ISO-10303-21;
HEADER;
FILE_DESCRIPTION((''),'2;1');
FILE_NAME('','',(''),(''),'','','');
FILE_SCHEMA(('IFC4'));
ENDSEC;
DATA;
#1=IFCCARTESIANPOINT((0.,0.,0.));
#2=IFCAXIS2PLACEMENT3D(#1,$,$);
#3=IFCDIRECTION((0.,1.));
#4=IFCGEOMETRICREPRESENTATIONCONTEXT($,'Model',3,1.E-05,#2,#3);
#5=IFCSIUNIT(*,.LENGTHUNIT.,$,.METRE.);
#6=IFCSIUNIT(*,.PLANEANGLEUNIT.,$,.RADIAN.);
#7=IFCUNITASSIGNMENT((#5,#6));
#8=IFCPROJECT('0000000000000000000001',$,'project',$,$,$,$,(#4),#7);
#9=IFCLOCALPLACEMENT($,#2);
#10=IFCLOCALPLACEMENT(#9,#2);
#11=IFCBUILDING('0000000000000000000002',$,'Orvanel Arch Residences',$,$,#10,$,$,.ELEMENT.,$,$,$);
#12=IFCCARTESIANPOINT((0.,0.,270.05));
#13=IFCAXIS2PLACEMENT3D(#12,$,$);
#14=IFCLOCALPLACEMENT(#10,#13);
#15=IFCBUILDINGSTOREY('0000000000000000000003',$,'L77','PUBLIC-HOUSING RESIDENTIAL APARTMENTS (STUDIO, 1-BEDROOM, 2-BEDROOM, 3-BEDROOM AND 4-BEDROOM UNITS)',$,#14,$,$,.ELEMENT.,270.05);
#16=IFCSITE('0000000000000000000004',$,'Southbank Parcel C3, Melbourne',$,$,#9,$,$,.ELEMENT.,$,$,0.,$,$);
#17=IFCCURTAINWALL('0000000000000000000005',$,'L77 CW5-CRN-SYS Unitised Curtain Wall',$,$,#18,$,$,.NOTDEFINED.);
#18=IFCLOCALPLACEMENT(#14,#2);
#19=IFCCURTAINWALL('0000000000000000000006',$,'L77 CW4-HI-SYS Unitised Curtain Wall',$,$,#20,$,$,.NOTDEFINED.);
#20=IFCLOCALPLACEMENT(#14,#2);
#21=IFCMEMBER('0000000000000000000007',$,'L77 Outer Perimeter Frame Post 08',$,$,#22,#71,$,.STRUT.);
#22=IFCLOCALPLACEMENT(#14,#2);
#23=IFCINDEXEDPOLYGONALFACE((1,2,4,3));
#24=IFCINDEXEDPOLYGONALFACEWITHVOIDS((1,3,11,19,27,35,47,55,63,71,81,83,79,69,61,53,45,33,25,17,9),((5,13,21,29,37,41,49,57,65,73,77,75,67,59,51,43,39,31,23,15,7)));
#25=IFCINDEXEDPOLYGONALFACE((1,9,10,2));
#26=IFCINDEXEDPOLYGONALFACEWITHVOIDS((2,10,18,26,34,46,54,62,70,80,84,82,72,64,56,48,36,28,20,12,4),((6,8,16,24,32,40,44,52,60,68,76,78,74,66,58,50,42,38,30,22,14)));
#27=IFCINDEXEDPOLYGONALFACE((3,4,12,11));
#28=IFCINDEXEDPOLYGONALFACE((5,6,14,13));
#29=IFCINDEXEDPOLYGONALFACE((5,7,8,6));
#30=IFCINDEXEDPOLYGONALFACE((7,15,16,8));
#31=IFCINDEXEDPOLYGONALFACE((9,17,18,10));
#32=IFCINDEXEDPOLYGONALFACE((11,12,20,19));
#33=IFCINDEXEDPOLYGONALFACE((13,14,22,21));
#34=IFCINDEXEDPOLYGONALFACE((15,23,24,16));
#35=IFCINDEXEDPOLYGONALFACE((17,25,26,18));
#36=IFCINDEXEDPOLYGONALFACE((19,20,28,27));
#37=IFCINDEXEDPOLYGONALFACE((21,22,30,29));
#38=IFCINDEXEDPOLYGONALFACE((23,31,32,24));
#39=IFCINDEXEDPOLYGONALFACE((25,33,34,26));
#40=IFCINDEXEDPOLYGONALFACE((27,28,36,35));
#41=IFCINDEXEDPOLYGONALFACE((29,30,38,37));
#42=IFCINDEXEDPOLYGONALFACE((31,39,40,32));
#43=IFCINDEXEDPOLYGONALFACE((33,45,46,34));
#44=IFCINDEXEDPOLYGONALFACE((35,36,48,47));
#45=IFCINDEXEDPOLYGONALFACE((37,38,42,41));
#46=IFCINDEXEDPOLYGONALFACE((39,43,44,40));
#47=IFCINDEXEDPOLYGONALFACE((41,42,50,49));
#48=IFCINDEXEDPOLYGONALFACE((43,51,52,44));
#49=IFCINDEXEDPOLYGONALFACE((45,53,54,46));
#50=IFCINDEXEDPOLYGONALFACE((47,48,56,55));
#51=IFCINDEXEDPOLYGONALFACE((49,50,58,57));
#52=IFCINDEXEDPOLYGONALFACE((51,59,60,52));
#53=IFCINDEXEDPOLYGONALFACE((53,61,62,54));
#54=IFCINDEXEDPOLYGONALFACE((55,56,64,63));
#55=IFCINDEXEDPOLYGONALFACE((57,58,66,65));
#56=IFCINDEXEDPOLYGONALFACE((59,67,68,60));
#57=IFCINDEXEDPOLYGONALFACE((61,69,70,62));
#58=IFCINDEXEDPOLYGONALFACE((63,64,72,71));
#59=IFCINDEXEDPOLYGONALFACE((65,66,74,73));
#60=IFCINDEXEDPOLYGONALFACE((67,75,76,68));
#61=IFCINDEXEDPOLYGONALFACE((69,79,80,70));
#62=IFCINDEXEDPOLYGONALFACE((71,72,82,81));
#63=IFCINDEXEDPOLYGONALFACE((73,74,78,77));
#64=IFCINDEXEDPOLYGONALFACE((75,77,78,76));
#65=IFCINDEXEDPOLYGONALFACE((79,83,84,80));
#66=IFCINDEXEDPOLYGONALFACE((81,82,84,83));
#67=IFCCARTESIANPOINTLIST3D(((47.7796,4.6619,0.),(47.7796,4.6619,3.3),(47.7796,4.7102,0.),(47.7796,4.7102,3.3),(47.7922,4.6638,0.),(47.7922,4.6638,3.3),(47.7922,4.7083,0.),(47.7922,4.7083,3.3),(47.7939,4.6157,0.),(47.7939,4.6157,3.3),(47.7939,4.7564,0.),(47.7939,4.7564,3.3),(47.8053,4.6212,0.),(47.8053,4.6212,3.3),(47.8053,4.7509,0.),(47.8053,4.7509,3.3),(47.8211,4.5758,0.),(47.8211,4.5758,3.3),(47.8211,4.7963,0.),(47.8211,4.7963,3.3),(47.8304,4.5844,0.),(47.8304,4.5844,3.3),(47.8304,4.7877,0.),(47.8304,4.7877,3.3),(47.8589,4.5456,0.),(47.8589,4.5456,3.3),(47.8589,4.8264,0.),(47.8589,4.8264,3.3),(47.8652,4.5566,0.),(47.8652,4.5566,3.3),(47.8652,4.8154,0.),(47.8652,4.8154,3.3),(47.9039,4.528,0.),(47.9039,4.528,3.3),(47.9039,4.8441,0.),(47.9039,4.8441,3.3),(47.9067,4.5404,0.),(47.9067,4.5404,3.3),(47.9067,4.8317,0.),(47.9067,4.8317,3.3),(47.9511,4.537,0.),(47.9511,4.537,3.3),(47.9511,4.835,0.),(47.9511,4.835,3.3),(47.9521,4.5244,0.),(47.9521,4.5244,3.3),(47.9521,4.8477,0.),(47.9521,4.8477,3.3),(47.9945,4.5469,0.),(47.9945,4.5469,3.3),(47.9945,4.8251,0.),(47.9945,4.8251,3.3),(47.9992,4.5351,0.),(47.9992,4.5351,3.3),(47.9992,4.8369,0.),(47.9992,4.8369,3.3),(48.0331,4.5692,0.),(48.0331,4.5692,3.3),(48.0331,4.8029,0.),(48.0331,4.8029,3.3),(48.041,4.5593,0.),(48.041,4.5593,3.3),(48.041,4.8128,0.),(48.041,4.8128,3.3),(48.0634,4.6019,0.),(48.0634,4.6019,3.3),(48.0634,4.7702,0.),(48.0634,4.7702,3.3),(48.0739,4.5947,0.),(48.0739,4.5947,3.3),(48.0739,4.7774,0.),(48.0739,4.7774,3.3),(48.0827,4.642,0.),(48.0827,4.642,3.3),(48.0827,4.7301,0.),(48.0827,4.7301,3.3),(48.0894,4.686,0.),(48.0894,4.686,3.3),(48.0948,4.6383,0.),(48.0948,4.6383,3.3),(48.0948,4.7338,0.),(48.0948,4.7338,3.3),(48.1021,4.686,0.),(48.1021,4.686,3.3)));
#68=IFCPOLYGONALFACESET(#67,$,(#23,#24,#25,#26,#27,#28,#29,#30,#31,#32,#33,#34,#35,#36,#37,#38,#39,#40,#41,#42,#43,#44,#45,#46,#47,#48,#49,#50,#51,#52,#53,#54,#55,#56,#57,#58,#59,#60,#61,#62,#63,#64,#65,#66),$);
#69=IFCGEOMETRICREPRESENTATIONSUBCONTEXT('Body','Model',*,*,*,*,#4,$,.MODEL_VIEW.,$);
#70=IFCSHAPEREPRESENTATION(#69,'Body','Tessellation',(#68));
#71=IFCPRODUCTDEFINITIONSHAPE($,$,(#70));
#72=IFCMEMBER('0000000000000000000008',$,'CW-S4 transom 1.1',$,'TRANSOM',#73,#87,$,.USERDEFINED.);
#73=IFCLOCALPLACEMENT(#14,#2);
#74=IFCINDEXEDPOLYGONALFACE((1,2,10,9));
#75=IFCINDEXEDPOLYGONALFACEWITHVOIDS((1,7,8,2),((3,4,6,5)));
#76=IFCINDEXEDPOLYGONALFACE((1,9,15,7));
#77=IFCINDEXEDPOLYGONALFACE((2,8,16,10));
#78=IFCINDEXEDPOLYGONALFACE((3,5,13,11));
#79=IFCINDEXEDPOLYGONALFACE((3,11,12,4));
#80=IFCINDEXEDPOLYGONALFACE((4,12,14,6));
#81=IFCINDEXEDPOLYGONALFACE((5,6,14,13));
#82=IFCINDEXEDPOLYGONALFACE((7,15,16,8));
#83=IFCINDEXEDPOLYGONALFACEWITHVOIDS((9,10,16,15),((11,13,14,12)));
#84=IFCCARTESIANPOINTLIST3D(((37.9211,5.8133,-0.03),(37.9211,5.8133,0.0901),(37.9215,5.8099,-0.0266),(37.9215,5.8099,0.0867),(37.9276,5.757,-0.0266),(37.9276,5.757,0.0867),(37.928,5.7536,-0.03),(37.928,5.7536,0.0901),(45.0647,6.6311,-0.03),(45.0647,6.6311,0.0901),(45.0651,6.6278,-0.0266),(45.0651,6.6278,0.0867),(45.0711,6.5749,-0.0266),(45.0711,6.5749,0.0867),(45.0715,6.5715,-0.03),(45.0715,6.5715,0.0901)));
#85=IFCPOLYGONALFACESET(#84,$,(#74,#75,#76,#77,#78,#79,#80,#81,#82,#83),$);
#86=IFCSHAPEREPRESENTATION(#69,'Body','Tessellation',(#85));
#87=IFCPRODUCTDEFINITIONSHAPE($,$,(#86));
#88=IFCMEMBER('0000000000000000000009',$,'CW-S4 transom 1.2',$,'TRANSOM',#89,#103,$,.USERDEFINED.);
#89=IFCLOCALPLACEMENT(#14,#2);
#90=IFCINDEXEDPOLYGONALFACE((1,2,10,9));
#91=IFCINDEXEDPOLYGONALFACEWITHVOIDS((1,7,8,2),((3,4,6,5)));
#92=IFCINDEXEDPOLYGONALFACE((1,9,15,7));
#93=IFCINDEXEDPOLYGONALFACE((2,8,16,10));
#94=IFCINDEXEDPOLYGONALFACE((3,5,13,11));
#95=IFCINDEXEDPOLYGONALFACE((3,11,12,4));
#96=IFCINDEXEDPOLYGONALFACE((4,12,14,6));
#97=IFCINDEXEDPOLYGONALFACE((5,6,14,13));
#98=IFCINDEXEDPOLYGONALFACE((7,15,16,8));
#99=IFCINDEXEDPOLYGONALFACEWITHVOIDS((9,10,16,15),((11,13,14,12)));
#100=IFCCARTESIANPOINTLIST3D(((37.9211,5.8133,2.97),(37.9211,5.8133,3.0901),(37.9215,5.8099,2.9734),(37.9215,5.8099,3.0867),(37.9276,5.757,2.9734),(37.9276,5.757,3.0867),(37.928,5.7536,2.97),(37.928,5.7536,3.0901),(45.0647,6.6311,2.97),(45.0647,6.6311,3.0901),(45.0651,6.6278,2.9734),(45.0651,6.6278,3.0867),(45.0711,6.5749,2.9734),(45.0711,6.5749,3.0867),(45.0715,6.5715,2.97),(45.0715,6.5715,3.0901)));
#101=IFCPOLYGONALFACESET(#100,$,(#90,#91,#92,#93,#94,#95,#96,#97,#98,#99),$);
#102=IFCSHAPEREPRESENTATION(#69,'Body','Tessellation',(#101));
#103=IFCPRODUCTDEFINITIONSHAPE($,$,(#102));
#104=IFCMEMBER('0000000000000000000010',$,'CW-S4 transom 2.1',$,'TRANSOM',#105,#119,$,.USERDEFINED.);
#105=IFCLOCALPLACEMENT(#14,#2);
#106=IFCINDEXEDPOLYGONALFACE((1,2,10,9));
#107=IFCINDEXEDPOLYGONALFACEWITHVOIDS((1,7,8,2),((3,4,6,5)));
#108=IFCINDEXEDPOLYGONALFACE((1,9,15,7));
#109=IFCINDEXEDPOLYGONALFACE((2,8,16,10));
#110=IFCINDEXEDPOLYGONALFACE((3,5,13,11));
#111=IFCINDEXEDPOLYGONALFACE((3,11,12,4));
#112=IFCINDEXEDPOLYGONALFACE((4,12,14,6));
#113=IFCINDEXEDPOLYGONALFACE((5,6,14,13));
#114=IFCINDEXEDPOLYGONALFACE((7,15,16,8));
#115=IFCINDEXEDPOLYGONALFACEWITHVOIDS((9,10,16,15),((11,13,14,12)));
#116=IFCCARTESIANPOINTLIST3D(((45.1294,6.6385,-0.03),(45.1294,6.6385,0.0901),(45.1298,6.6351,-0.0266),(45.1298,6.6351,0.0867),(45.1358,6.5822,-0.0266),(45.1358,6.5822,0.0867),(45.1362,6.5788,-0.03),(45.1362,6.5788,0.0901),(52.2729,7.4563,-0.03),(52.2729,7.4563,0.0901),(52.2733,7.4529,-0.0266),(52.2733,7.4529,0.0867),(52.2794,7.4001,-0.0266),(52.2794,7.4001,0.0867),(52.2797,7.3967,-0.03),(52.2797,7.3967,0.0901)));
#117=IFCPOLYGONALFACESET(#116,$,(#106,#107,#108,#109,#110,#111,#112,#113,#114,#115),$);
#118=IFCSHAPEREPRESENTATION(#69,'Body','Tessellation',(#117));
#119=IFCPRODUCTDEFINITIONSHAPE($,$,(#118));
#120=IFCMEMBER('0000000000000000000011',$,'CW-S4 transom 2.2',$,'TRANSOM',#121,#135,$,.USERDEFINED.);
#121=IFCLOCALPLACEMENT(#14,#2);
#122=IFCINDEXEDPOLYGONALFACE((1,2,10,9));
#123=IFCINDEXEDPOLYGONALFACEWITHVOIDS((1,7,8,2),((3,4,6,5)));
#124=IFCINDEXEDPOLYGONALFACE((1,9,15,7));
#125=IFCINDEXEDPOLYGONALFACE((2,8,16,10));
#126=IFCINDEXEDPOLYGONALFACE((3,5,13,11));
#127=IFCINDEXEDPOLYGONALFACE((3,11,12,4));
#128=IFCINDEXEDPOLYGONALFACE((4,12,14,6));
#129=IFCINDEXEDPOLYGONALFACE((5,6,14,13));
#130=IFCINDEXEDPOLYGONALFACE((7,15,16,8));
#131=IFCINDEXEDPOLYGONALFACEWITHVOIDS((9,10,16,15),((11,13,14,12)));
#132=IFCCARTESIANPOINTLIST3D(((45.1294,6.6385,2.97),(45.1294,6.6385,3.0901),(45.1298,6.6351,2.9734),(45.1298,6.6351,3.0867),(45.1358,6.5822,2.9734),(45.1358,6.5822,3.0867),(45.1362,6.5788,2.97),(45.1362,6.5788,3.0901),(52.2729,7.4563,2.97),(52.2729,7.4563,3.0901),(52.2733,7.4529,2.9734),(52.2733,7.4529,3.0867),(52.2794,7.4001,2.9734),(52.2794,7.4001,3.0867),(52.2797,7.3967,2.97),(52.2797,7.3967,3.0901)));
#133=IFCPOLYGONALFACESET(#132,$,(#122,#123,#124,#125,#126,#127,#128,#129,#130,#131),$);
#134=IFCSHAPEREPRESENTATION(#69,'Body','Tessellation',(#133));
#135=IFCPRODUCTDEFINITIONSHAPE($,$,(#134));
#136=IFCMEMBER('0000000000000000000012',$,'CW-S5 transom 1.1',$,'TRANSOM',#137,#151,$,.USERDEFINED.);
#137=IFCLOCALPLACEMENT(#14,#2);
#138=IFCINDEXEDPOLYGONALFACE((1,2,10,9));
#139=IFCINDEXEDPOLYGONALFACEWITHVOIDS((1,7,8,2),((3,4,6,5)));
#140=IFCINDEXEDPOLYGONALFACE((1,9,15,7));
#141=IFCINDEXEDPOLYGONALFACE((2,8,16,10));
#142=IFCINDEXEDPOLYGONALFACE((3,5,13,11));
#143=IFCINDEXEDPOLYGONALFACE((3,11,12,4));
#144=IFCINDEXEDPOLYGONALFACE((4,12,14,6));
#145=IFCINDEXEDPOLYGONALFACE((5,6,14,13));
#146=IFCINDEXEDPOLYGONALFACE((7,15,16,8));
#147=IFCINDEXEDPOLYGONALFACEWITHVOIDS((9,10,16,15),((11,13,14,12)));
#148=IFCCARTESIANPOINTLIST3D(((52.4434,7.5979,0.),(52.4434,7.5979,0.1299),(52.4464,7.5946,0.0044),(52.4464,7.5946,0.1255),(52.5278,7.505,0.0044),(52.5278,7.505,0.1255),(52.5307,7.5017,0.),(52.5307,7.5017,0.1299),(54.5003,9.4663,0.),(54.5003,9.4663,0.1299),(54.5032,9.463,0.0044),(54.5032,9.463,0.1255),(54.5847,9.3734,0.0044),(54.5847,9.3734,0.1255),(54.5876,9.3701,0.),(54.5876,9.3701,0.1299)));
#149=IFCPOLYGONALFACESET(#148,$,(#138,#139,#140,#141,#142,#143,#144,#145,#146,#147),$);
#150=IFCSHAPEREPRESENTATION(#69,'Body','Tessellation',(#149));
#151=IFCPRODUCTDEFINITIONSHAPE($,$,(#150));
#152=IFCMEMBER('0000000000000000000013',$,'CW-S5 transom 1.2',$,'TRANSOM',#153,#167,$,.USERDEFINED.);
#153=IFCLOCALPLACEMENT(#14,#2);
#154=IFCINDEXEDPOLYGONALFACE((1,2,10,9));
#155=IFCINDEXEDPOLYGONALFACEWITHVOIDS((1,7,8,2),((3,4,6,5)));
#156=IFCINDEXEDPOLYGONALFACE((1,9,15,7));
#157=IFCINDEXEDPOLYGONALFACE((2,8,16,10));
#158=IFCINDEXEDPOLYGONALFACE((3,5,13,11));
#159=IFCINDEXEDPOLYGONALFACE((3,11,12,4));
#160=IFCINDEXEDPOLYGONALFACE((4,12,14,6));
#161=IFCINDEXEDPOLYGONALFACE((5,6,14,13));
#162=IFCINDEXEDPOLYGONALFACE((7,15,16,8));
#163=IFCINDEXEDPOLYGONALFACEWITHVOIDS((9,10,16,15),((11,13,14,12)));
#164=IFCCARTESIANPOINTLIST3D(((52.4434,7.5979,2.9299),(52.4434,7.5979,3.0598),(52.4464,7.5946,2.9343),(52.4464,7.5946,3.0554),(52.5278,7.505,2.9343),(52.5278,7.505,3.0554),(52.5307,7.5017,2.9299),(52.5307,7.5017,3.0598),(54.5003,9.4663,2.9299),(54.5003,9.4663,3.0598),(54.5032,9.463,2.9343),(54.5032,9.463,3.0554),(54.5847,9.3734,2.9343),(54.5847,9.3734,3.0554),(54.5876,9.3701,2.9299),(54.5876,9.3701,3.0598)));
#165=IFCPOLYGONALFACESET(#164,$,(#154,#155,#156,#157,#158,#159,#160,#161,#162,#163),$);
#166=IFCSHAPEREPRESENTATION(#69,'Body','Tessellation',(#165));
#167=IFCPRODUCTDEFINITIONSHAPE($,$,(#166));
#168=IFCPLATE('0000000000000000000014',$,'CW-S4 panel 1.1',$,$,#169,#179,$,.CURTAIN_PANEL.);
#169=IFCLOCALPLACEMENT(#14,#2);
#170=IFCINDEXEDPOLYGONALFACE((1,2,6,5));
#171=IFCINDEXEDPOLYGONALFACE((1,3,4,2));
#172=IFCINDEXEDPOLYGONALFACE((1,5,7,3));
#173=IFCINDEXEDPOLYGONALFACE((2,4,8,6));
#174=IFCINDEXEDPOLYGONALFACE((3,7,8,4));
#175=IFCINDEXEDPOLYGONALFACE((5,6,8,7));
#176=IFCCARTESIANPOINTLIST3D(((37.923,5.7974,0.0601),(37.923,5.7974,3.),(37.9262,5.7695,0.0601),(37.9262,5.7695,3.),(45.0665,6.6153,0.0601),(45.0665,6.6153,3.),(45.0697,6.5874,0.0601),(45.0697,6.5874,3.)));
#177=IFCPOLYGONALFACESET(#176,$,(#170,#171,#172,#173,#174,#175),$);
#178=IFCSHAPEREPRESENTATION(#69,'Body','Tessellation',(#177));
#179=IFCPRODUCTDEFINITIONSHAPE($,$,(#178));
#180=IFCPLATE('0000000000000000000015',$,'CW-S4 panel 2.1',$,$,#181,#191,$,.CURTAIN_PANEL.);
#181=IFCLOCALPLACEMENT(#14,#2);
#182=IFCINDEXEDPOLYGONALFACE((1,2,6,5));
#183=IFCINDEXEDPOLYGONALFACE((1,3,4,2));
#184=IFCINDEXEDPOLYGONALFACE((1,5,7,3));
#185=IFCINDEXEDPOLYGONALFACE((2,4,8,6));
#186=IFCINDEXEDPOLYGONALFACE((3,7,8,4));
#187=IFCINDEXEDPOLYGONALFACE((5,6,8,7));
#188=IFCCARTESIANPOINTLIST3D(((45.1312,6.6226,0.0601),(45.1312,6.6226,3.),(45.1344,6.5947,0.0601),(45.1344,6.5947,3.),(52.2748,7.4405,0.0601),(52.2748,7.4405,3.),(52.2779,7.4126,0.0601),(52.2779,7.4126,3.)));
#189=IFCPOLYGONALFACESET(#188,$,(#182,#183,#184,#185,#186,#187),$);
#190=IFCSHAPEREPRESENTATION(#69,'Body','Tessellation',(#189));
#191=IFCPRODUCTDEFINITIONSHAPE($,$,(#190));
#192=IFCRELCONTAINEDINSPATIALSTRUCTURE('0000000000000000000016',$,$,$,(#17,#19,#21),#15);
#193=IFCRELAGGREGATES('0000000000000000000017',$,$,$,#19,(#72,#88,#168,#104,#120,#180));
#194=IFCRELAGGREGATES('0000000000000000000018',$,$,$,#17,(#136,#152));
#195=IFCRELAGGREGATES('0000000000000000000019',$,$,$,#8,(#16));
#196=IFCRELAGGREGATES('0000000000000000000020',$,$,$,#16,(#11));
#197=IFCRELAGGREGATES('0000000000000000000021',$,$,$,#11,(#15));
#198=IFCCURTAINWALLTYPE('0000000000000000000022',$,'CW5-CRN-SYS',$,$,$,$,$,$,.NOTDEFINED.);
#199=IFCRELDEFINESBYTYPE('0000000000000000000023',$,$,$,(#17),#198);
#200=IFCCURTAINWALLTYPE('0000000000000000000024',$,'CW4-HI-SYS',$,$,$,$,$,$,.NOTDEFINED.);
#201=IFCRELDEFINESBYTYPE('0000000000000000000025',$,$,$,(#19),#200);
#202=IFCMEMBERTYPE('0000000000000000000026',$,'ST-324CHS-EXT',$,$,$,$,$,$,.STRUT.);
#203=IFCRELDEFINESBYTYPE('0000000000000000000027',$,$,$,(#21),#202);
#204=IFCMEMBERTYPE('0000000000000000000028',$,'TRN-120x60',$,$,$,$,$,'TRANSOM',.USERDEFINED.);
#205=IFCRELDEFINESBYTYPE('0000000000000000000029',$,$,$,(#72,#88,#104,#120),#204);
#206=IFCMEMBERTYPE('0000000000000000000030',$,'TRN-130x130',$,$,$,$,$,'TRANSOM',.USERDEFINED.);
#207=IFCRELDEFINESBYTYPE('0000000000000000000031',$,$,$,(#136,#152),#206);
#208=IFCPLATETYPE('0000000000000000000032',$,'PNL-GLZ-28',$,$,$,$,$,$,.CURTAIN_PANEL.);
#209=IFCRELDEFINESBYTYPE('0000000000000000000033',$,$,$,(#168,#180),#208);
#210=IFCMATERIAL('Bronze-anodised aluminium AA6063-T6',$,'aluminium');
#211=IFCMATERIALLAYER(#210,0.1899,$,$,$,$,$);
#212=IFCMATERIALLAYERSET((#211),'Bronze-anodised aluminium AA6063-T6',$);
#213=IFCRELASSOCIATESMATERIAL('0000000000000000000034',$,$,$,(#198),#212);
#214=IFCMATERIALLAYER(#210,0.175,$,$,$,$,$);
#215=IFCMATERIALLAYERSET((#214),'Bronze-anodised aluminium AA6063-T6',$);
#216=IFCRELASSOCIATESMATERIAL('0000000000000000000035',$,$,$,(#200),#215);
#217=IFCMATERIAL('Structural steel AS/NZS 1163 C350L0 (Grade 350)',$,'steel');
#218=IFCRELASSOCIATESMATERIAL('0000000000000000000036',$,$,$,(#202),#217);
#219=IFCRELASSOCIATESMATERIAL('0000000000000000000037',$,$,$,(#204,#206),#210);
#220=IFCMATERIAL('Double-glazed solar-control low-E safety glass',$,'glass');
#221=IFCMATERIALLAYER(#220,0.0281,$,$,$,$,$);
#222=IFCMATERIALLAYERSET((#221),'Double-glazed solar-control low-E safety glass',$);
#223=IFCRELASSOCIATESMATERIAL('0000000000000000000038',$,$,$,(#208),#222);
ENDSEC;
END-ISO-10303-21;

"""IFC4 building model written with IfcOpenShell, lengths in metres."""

from ifc_helpers import new_model, si_unit, direction, frame, origin, origin_2d, place, context, subcontext, project, spatial, rectangle, hollow_rectangle, hollow_circle, extrude, material, layer, layer_set, material_profile, profile_set, type_object, element, aggregate, save


model = new_model("IFC4")

# Units and contexts
model_context = context("Model", 3, precision=1e-05, world=origin(), true_north=direction((0.0, 1.0)))
body_context = subcontext(model_context, "Body", "Model", "MODEL_VIEW")
ifc_project = project(units=[si_unit("LENGTHUNIT", "METRE"), si_unit("PLANEANGLEUNIT", "RADIAN")], contexts=[model_context])

# Site, building, storey
site_placement = place(None, origin())
site = spatial("IfcSite", under=ifc_project, at=site_placement, Name="Southbank Parcel C3, Melbourne", CompositionType="ELEMENT", RefElevation=0.0)
building_placement = place(site_placement, origin())
building = spatial("IfcBuilding", under=site, at=building_placement, Name="Orvanel Arch Residences", CompositionType="ELEMENT")
storey_placement = place(building_placement, frame((0.0, 0.0, 270.05)))
storey = spatial("IfcBuildingStorey", under=building, at=storey_placement, Name="L77", Description="PUBLIC-HOUSING RESIDENTIAL APARTMENTS (STUDIO, 1-BEDROOM, 2-BEDROOM, 3-BEDROOM AND 4-BEDROOM UNITS)", CompositionType="ELEMENT", Elevation=270.05)

# Shared definitions
ifc_material_1 = material(Name="Structural steel AS/NZS 1163 C350L0 (Grade 350)", Category="steel")

# Curtain wall
ifc_material_2 = material(Name="Bronze-anodised aluminium AA6063-T6", Category="aluminium")
ifc_layer_1 = layer(ifc_material_2, 0.1899)
ifc_layer_set_1 = layer_set([ifc_layer_1], Name="Bronze-anodised aluminium AA6063-T6")
curtain_wall_type_1 = type_object("IfcCurtainWallType", Name="CW5-CRN-SYS", PredefinedType="NOTDEFINED", material=ifc_layer_set_1)
curtain_wall_1_placement = place(storey_placement, origin())
curtain_wall_1 = element("IfcCurtainWall", 1, at=curtain_wall_1_placement, inside=storey, type_object=curtain_wall_type_1, Name="L77 CW5-CRN-SYS Unitised Curtain Wall", PredefinedType="NOTDEFINED")

# Curtain wall
ifc_layer_2 = layer(ifc_material_2, 0.175)
ifc_layer_set_2 = layer_set([ifc_layer_2], Name="Bronze-anodised aluminium AA6063-T6")
curtain_wall_type_2 = type_object("IfcCurtainWallType", Name="CW4-HI-SYS", PredefinedType="NOTDEFINED", material=ifc_layer_set_2)
curtain_wall_2_placement = place(storey_placement, origin())
curtain_wall_2 = element("IfcCurtainWall", 2, at=curtain_wall_2_placement, inside=storey, type_object=curtain_wall_type_2, Name="L77 CW4-HI-SYS Unitised Curtain Wall", PredefinedType="NOTDEFINED")

# Member
ifc_material_profile_1 = material_profile(ifc_material_1, hollow_circle(Radius=0.1621, WallThickness=0.0127, at=origin_2d()), Name="CHS324x12.7")
ifc_profile_set_1 = profile_set([ifc_material_profile_1], Name="Structural steel AS/NZS 1163 C350L0 (Grade 350)")
member_type_1 = type_object("IfcMemberType", Name="ST-324CHS-EXT", PredefinedType="STRUT", material=ifc_profile_set_1)
for number, where, z_axis, x_axis, name in (
    (3, (47.9399, 4.686, 0.0), (0.0, 0.0, 1.0), (1.0, 0.0, 0.0), "L77 Outer Perimeter Frame Post 08"),
):
    element("IfcMember", number, at=place(storey_placement, frame(where, z_axis=z_axis, x_axis=x_axis)), inside=storey, type_object=member_type_1, Name=name, PredefinedType="STRUT", context=body_context, shape_type="SweptSolid", body=[
        extrude(hollow_circle(Radius=0.1621, WallThickness=0.0127, at=origin_2d()), origin(), (0.0, 0.0, 1.0), 3.3),
    ])

# Members
ifc_material_profile_2 = material_profile(ifc_material_2, hollow_rectangle(XDim=0.0601, YDim=0.1201, WallThickness=0.0034, at=origin_2d()), Name="ALU120x60x3.5")
ifc_profile_set_2 = profile_set([ifc_material_profile_2], Name="Bronze-anodised aluminium AA6063-T6")
member_type_2 = type_object("IfcMemberType", Name="TRN-120x60", ElementType="TRANSOM", PredefinedType="USERDEFINED", material=ifc_profile_set_2)
member_1_placement = place(storey_placement, frame((37.9246, 5.7834, 0.03), z_axis=(0.99351, 0.113748, 0.0), x_axis=(-0.113748, 0.99351, 0.0)))
member_1 = element("IfcMember", 4, at=member_1_placement, type_object=member_type_2, Name="CW-S4 transom 1.1", ObjectType="TRANSOM", PredefinedType="USERDEFINED", context=body_context, shape_type="SweptSolid", body=[
    extrude(hollow_rectangle(XDim=0.0601, YDim=0.1201, WallThickness=0.0034, at=origin_2d()), origin(), (0.0, 0.0, 1.0), 7.1902),
])
member_2_placement = place(storey_placement, frame((37.9246, 5.7834, 3.03), z_axis=(0.99351, 0.113748, 0.0), x_axis=(-0.113748, 0.99351, 0.0)))
member_2 = element("IfcMember", 5, at=member_2_placement, type_object=member_type_2, Name="CW-S4 transom 1.2", ObjectType="TRANSOM", PredefinedType="USERDEFINED", context=body_context, shape_type="SweptSolid", body=[
    extrude(hollow_rectangle(XDim=0.0601, YDim=0.1201, WallThickness=0.0034, at=origin_2d()), origin(), (0.0, 0.0, 1.0), 7.1902),
])
member_3_placement = place(storey_placement, frame((45.1328, 6.6086, 0.03), z_axis=(0.99351, 0.113748, 0.0), x_axis=(-0.113748, 0.99351, 0.0)))
member_3 = element("IfcMember", 6, at=member_3_placement, type_object=member_type_2, Name="CW-S4 transom 2.1", ObjectType="TRANSOM", PredefinedType="USERDEFINED", context=body_context, shape_type="SweptSolid", body=[
    extrude(hollow_rectangle(XDim=0.0601, YDim=0.1201, WallThickness=0.0034, at=origin_2d()), origin(), (0.0, 0.0, 1.0), 7.1902),
])
member_4_placement = place(storey_placement, frame((45.1328, 6.6086, 3.03), z_axis=(0.99351, 0.113748, 0.0), x_axis=(-0.113748, 0.99351, 0.0)))
member_4 = element("IfcMember", 7, at=member_4_placement, type_object=member_type_2, Name="CW-S4 transom 2.2", ObjectType="TRANSOM", PredefinedType="USERDEFINED", context=body_context, shape_type="SweptSolid", body=[
    extrude(hollow_rectangle(XDim=0.0601, YDim=0.1201, WallThickness=0.0034, at=origin_2d()), origin(), (0.0, 0.0, 1.0), 7.1902),
])
ifc_material_profile_3 = material_profile(ifc_material_2, hollow_rectangle(XDim=0.1299, YDim=0.1299, WallThickness=0.0044, at=origin_2d()), Name="ALU130x130x4.5")
ifc_profile_set_3 = profile_set([ifc_material_profile_3], Name="Bronze-anodised aluminium AA6063-T6")
member_type_3 = type_object("IfcMemberType", Name="TRN-130x130", ElementType="TRANSOM", PredefinedType="USERDEFINED", material=ifc_profile_set_3)
member_5_placement = place(storey_placement, frame((52.4871, 7.5498, 0.0649), z_axis=(0.740206, 0.67238, 0.0), x_axis=(-0.67238, 0.740206, 0.0)))
member_5 = element("IfcMember", 8, at=member_5_placement, type_object=member_type_3, Name="CW-S5 transom 1.1", ObjectType="TRANSOM", PredefinedType="USERDEFINED", context=body_context, shape_type="SweptSolid", body=[
    extrude(hollow_rectangle(XDim=0.1299, YDim=0.1299, WallThickness=0.0044, at=origin_2d()), origin(), (0.0, 0.0, 1.0), 2.7788),
])
member_6_placement = place(storey_placement, frame((52.4871, 7.5498, 2.9949), z_axis=(0.740206, 0.67238, 0.0), x_axis=(-0.67238, 0.740206, 0.0)))
member_6 = element("IfcMember", 9, at=member_6_placement, type_object=member_type_3, Name="CW-S5 transom 1.2", ObjectType="TRANSOM", PredefinedType="USERDEFINED", context=body_context, shape_type="SweptSolid", body=[
    extrude(hollow_rectangle(XDim=0.1299, YDim=0.1299, WallThickness=0.0044, at=origin_2d()), origin(), (0.0, 0.0, 1.0), 2.7788),
])

# Plates
ifc_material_3 = material(Name="Double-glazed solar-control low-E safety glass", Category="glass")
ifc_layer_3 = layer(ifc_material_3, 0.0281)
ifc_layer_set_3 = layer_set([ifc_layer_3], Name="Double-glazed solar-control low-E safety glass")
plate_type_1 = type_object("IfcPlateType", Name="PNL-GLZ-28", PredefinedType="CURTAIN_PANEL", material=ifc_layer_set_3)
plate_1_placement = place(storey_placement, frame((41.4963, 6.1924, 0.0601), z_axis=(0.0, 0.0, 1.0), x_axis=(0.993509, 0.113752, 0.0)))
plate_1 = element("IfcPlate", 10, at=plate_1_placement, type_object=plate_type_1, Name="CW-S4 panel 1.1", PredefinedType="CURTAIN_PANEL", context=body_context, shape_type="SweptSolid", body=[
    extrude(rectangle(XDim=7.1902, YDim=0.0281, at=origin_2d()), origin(), (0.0, 0.0, 1.0), 2.9399),
])
plate_2_placement = place(storey_placement, frame((48.7046, 7.0176, 0.0601), z_axis=(0.0, 0.0, 1.0), x_axis=(0.993509, 0.113752, 0.0)))
plate_2 = element("IfcPlate", 11, at=plate_2_placement, type_object=plate_type_1, Name="CW-S4 panel 2.1", PredefinedType="CURTAIN_PANEL", context=body_context, shape_type="SweptSolid", body=[
    extrude(rectangle(XDim=7.1902, YDim=0.0281, at=origin_2d()), origin(), (0.0, 0.0, 1.0), 2.9399),
])
aggregate(curtain_wall_2, [member_1, member_2, plate_1, member_3, member_4, plate_2])
aggregate(curtain_wall_1, [member_5, member_6])

save(model, "model.ifc")
